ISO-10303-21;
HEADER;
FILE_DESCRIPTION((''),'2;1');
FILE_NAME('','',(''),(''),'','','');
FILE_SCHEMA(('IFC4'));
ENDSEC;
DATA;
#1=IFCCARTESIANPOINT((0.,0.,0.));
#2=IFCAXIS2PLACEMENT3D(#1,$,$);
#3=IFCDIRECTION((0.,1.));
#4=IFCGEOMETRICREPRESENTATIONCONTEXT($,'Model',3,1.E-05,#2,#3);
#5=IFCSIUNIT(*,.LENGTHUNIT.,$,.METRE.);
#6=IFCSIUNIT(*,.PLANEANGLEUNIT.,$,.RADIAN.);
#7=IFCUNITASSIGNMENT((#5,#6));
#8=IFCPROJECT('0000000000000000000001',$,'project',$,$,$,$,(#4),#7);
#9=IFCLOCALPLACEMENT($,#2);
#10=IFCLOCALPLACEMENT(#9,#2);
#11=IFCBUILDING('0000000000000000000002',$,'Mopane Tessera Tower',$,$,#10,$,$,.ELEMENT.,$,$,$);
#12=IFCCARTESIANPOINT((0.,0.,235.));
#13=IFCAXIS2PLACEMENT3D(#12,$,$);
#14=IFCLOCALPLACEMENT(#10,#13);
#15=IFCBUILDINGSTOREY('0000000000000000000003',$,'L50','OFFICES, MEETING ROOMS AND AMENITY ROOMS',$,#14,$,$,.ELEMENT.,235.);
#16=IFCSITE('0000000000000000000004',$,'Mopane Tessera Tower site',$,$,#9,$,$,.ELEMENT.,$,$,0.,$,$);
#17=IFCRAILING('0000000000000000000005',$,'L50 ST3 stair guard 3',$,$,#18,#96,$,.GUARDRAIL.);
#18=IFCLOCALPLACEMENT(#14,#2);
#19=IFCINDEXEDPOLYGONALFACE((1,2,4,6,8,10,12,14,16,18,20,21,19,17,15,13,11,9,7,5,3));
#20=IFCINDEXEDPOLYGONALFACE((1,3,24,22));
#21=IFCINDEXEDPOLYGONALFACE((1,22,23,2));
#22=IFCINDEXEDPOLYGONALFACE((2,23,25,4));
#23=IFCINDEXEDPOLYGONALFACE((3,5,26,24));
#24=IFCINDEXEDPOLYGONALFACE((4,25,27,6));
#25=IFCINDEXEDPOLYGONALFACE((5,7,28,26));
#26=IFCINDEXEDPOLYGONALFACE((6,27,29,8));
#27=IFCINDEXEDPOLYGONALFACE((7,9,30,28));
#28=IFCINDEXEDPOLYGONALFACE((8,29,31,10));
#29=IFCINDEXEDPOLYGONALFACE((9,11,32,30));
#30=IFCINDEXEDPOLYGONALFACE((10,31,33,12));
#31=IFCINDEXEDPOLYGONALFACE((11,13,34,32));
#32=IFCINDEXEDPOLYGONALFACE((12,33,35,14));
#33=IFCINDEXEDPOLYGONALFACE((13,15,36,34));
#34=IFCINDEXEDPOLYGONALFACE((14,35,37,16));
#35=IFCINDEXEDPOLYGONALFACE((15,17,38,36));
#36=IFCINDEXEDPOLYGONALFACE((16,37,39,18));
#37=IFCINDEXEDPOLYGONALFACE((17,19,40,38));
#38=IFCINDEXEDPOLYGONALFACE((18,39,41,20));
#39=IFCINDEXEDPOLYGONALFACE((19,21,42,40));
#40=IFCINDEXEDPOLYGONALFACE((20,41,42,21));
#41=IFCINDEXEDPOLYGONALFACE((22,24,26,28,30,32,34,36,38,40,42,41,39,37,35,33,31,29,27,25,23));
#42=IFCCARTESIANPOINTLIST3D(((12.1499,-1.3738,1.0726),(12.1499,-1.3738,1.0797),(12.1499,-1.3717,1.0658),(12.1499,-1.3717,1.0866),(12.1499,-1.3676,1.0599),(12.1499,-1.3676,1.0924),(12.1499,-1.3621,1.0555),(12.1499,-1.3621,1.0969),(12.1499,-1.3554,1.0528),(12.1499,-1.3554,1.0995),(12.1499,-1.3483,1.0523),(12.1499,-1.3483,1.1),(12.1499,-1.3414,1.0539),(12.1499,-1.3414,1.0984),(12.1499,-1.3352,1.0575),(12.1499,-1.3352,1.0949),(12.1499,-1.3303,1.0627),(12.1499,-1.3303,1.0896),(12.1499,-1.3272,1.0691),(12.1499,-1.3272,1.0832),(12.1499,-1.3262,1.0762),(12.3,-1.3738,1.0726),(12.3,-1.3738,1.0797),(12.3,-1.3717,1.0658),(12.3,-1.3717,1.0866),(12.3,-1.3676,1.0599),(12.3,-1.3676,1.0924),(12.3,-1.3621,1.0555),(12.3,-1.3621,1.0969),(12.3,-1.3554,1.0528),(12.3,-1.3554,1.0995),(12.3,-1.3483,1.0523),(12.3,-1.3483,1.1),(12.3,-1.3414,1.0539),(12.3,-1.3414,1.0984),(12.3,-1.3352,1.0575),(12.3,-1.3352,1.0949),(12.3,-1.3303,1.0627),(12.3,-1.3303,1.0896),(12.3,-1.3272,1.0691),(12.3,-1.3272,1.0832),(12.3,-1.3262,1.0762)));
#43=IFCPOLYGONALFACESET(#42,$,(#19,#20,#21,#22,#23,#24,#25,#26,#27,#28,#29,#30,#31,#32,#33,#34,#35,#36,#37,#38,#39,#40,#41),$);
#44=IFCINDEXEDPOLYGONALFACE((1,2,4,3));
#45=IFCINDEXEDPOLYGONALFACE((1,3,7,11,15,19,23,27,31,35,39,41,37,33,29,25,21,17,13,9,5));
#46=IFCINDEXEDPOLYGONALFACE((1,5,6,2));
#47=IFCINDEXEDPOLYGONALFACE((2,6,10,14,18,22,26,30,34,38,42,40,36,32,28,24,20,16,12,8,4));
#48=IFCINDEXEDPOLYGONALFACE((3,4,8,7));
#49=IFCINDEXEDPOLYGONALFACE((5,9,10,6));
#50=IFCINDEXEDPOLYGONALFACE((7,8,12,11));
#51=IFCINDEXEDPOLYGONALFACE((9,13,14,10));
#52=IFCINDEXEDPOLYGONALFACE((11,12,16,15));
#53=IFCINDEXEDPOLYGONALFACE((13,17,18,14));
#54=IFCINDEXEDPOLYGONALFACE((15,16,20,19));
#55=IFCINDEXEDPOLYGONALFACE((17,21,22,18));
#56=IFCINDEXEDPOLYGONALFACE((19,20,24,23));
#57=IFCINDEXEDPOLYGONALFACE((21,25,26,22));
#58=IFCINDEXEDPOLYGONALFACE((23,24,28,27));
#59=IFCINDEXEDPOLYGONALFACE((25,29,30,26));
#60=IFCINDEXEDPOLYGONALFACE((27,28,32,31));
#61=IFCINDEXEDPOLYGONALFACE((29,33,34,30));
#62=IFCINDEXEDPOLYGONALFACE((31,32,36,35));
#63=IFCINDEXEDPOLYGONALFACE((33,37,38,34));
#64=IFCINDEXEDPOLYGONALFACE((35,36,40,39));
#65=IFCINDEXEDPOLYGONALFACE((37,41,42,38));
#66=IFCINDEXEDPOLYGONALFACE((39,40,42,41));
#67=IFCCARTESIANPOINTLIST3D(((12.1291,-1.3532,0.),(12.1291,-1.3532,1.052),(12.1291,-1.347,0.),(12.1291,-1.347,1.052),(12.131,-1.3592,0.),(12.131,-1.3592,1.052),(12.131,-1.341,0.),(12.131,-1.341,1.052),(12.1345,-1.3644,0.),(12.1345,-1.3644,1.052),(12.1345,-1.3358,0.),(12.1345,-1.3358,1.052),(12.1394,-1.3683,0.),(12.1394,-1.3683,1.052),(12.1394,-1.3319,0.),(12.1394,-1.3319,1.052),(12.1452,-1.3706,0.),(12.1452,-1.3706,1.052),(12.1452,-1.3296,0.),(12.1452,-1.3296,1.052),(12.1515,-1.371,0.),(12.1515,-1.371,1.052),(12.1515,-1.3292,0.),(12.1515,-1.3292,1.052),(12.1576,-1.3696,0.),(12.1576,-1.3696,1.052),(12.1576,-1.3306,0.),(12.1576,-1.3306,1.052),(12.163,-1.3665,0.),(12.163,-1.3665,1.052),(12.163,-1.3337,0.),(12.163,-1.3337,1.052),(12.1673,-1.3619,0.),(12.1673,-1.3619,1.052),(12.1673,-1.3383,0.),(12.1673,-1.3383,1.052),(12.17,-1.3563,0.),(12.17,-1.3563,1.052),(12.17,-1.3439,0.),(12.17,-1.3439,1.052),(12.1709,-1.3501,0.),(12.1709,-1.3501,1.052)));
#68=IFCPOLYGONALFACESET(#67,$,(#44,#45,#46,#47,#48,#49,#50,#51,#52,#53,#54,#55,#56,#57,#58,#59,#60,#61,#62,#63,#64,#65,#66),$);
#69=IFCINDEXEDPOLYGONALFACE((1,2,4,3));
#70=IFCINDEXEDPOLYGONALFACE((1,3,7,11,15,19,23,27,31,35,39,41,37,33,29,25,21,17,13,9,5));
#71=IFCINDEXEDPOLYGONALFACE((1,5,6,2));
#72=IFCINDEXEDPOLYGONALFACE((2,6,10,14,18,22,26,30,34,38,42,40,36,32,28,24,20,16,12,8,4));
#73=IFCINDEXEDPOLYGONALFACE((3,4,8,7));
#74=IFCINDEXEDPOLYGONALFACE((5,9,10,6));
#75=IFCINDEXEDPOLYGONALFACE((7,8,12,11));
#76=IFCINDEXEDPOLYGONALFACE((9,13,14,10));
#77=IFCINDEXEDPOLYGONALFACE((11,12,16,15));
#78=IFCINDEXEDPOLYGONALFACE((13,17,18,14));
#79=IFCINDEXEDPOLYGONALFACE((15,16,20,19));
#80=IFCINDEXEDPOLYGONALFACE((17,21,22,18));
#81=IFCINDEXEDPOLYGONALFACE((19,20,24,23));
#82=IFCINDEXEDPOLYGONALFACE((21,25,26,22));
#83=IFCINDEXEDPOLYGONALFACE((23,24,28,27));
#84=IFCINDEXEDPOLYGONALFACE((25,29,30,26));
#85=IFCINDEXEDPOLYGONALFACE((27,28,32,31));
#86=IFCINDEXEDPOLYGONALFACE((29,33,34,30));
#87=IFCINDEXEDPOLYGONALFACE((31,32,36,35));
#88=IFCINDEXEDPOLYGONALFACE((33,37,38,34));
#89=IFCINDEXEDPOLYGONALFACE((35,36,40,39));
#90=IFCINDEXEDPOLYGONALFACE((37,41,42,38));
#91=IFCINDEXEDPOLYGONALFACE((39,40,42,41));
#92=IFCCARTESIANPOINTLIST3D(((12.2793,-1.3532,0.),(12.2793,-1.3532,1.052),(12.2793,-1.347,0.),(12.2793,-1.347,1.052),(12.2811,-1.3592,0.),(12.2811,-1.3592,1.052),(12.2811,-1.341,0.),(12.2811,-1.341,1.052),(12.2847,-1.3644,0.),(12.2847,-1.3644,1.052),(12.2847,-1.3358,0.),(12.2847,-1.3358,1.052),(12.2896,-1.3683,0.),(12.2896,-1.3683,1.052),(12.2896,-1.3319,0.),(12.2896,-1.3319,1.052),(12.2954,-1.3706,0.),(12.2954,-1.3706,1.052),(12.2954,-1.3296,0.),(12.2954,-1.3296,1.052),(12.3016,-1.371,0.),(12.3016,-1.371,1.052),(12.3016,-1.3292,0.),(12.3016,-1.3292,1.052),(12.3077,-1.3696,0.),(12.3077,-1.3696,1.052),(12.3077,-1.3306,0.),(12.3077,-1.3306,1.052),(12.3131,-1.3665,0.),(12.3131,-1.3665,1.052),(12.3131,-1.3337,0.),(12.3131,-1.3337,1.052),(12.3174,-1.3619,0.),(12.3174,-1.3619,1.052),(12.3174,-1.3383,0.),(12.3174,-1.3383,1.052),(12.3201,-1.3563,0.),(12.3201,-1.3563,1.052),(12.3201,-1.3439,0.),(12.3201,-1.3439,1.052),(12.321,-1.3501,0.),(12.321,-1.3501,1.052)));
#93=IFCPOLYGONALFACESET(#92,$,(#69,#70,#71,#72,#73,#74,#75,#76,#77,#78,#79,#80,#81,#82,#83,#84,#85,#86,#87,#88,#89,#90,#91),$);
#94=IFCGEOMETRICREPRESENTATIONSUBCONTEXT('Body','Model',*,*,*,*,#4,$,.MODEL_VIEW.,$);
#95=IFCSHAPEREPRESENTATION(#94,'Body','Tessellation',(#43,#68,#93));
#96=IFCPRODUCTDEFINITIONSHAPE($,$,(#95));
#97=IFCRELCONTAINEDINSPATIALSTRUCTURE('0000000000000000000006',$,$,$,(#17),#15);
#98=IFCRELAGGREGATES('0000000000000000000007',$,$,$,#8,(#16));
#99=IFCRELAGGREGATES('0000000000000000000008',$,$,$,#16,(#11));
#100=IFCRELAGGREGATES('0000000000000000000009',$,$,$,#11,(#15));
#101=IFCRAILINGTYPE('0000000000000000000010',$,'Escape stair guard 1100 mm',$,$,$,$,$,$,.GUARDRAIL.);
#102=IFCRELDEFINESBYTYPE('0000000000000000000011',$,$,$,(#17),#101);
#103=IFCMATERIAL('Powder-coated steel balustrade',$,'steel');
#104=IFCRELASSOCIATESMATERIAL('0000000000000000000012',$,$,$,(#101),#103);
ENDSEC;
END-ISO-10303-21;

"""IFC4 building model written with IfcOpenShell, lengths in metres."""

from ifc_helpers import new_model, si_unit, direction, frame, origin, origin_2d, place, context, subcontext, project, spatial, circle, extrude, material, type_object, element, save


model = new_model("IFC4")

# Units and contexts
model_context = context("Model", 3, precision=1e-05, world=origin(), true_north=direction((0.0, 1.0)))
body_context = subcontext(model_context, "Body", "Model", "MODEL_VIEW")
ifc_project = project(units=[si_unit("LENGTHUNIT", "METRE"), si_unit("PLANEANGLEUNIT", "RADIAN")], contexts=[model_context])

# Site, building, storey
site_placement = place(None, origin())
site = spatial("IfcSite", under=ifc_project, at=site_placement, Name="Mopane Tessera Tower site", CompositionType="ELEMENT", RefElevation=0.0)
building_placement = place(site_placement, origin())
building = spatial("IfcBuilding", under=site, at=building_placement, Name="Mopane Tessera Tower", CompositionType="ELEMENT")
storey_placement = place(building_placement, frame((0.0, 0.0, 235.0)))
storey = spatial("IfcBuildingStorey", under=building, at=storey_placement, Name="L50", Description="OFFICES, MEETING ROOMS AND AMENITY ROOMS", CompositionType="ELEMENT", Elevation=235.0)

# Railing
ifc_material_1 = material(Name="Powder-coated steel balustrade", Category="steel")
railing_type_1 = type_object("IfcRailingType", Name="Escape stair guard 1100 mm", PredefinedType="GUARDRAIL", material=ifc_material_1)
railing_1_placement = place(storey_placement, frame((12.1499, -1.3501, 0.0)))
element("IfcRailing", 1, at=railing_1_placement, inside=storey, type_object=railing_type_1, Name="L50 ST3 stair guard 3", PredefinedType="GUARDRAIL", context=body_context, shape_type="SweptSolid", body=[
    extrude(circle(Radius=0.0239, at=origin_2d()), frame((0.0, 0.0, 1.0762), z_axis=(1.0, 0.0, 0.0), x_axis=(0.0, 1.0, 0.0)), (0.0, 0.0, 1.0), 0.1501),
    extrude(circle(Radius=0.021, at=origin_2d()), origin(), (0.0, 0.0, 1.0), 1.052),
    extrude(circle(Radius=0.021, at=origin_2d()), frame((0.1501, 0.0, 0.0)), (0.0, 0.0, 1.0), 1.052),
])

save(model, "model.ifc")
